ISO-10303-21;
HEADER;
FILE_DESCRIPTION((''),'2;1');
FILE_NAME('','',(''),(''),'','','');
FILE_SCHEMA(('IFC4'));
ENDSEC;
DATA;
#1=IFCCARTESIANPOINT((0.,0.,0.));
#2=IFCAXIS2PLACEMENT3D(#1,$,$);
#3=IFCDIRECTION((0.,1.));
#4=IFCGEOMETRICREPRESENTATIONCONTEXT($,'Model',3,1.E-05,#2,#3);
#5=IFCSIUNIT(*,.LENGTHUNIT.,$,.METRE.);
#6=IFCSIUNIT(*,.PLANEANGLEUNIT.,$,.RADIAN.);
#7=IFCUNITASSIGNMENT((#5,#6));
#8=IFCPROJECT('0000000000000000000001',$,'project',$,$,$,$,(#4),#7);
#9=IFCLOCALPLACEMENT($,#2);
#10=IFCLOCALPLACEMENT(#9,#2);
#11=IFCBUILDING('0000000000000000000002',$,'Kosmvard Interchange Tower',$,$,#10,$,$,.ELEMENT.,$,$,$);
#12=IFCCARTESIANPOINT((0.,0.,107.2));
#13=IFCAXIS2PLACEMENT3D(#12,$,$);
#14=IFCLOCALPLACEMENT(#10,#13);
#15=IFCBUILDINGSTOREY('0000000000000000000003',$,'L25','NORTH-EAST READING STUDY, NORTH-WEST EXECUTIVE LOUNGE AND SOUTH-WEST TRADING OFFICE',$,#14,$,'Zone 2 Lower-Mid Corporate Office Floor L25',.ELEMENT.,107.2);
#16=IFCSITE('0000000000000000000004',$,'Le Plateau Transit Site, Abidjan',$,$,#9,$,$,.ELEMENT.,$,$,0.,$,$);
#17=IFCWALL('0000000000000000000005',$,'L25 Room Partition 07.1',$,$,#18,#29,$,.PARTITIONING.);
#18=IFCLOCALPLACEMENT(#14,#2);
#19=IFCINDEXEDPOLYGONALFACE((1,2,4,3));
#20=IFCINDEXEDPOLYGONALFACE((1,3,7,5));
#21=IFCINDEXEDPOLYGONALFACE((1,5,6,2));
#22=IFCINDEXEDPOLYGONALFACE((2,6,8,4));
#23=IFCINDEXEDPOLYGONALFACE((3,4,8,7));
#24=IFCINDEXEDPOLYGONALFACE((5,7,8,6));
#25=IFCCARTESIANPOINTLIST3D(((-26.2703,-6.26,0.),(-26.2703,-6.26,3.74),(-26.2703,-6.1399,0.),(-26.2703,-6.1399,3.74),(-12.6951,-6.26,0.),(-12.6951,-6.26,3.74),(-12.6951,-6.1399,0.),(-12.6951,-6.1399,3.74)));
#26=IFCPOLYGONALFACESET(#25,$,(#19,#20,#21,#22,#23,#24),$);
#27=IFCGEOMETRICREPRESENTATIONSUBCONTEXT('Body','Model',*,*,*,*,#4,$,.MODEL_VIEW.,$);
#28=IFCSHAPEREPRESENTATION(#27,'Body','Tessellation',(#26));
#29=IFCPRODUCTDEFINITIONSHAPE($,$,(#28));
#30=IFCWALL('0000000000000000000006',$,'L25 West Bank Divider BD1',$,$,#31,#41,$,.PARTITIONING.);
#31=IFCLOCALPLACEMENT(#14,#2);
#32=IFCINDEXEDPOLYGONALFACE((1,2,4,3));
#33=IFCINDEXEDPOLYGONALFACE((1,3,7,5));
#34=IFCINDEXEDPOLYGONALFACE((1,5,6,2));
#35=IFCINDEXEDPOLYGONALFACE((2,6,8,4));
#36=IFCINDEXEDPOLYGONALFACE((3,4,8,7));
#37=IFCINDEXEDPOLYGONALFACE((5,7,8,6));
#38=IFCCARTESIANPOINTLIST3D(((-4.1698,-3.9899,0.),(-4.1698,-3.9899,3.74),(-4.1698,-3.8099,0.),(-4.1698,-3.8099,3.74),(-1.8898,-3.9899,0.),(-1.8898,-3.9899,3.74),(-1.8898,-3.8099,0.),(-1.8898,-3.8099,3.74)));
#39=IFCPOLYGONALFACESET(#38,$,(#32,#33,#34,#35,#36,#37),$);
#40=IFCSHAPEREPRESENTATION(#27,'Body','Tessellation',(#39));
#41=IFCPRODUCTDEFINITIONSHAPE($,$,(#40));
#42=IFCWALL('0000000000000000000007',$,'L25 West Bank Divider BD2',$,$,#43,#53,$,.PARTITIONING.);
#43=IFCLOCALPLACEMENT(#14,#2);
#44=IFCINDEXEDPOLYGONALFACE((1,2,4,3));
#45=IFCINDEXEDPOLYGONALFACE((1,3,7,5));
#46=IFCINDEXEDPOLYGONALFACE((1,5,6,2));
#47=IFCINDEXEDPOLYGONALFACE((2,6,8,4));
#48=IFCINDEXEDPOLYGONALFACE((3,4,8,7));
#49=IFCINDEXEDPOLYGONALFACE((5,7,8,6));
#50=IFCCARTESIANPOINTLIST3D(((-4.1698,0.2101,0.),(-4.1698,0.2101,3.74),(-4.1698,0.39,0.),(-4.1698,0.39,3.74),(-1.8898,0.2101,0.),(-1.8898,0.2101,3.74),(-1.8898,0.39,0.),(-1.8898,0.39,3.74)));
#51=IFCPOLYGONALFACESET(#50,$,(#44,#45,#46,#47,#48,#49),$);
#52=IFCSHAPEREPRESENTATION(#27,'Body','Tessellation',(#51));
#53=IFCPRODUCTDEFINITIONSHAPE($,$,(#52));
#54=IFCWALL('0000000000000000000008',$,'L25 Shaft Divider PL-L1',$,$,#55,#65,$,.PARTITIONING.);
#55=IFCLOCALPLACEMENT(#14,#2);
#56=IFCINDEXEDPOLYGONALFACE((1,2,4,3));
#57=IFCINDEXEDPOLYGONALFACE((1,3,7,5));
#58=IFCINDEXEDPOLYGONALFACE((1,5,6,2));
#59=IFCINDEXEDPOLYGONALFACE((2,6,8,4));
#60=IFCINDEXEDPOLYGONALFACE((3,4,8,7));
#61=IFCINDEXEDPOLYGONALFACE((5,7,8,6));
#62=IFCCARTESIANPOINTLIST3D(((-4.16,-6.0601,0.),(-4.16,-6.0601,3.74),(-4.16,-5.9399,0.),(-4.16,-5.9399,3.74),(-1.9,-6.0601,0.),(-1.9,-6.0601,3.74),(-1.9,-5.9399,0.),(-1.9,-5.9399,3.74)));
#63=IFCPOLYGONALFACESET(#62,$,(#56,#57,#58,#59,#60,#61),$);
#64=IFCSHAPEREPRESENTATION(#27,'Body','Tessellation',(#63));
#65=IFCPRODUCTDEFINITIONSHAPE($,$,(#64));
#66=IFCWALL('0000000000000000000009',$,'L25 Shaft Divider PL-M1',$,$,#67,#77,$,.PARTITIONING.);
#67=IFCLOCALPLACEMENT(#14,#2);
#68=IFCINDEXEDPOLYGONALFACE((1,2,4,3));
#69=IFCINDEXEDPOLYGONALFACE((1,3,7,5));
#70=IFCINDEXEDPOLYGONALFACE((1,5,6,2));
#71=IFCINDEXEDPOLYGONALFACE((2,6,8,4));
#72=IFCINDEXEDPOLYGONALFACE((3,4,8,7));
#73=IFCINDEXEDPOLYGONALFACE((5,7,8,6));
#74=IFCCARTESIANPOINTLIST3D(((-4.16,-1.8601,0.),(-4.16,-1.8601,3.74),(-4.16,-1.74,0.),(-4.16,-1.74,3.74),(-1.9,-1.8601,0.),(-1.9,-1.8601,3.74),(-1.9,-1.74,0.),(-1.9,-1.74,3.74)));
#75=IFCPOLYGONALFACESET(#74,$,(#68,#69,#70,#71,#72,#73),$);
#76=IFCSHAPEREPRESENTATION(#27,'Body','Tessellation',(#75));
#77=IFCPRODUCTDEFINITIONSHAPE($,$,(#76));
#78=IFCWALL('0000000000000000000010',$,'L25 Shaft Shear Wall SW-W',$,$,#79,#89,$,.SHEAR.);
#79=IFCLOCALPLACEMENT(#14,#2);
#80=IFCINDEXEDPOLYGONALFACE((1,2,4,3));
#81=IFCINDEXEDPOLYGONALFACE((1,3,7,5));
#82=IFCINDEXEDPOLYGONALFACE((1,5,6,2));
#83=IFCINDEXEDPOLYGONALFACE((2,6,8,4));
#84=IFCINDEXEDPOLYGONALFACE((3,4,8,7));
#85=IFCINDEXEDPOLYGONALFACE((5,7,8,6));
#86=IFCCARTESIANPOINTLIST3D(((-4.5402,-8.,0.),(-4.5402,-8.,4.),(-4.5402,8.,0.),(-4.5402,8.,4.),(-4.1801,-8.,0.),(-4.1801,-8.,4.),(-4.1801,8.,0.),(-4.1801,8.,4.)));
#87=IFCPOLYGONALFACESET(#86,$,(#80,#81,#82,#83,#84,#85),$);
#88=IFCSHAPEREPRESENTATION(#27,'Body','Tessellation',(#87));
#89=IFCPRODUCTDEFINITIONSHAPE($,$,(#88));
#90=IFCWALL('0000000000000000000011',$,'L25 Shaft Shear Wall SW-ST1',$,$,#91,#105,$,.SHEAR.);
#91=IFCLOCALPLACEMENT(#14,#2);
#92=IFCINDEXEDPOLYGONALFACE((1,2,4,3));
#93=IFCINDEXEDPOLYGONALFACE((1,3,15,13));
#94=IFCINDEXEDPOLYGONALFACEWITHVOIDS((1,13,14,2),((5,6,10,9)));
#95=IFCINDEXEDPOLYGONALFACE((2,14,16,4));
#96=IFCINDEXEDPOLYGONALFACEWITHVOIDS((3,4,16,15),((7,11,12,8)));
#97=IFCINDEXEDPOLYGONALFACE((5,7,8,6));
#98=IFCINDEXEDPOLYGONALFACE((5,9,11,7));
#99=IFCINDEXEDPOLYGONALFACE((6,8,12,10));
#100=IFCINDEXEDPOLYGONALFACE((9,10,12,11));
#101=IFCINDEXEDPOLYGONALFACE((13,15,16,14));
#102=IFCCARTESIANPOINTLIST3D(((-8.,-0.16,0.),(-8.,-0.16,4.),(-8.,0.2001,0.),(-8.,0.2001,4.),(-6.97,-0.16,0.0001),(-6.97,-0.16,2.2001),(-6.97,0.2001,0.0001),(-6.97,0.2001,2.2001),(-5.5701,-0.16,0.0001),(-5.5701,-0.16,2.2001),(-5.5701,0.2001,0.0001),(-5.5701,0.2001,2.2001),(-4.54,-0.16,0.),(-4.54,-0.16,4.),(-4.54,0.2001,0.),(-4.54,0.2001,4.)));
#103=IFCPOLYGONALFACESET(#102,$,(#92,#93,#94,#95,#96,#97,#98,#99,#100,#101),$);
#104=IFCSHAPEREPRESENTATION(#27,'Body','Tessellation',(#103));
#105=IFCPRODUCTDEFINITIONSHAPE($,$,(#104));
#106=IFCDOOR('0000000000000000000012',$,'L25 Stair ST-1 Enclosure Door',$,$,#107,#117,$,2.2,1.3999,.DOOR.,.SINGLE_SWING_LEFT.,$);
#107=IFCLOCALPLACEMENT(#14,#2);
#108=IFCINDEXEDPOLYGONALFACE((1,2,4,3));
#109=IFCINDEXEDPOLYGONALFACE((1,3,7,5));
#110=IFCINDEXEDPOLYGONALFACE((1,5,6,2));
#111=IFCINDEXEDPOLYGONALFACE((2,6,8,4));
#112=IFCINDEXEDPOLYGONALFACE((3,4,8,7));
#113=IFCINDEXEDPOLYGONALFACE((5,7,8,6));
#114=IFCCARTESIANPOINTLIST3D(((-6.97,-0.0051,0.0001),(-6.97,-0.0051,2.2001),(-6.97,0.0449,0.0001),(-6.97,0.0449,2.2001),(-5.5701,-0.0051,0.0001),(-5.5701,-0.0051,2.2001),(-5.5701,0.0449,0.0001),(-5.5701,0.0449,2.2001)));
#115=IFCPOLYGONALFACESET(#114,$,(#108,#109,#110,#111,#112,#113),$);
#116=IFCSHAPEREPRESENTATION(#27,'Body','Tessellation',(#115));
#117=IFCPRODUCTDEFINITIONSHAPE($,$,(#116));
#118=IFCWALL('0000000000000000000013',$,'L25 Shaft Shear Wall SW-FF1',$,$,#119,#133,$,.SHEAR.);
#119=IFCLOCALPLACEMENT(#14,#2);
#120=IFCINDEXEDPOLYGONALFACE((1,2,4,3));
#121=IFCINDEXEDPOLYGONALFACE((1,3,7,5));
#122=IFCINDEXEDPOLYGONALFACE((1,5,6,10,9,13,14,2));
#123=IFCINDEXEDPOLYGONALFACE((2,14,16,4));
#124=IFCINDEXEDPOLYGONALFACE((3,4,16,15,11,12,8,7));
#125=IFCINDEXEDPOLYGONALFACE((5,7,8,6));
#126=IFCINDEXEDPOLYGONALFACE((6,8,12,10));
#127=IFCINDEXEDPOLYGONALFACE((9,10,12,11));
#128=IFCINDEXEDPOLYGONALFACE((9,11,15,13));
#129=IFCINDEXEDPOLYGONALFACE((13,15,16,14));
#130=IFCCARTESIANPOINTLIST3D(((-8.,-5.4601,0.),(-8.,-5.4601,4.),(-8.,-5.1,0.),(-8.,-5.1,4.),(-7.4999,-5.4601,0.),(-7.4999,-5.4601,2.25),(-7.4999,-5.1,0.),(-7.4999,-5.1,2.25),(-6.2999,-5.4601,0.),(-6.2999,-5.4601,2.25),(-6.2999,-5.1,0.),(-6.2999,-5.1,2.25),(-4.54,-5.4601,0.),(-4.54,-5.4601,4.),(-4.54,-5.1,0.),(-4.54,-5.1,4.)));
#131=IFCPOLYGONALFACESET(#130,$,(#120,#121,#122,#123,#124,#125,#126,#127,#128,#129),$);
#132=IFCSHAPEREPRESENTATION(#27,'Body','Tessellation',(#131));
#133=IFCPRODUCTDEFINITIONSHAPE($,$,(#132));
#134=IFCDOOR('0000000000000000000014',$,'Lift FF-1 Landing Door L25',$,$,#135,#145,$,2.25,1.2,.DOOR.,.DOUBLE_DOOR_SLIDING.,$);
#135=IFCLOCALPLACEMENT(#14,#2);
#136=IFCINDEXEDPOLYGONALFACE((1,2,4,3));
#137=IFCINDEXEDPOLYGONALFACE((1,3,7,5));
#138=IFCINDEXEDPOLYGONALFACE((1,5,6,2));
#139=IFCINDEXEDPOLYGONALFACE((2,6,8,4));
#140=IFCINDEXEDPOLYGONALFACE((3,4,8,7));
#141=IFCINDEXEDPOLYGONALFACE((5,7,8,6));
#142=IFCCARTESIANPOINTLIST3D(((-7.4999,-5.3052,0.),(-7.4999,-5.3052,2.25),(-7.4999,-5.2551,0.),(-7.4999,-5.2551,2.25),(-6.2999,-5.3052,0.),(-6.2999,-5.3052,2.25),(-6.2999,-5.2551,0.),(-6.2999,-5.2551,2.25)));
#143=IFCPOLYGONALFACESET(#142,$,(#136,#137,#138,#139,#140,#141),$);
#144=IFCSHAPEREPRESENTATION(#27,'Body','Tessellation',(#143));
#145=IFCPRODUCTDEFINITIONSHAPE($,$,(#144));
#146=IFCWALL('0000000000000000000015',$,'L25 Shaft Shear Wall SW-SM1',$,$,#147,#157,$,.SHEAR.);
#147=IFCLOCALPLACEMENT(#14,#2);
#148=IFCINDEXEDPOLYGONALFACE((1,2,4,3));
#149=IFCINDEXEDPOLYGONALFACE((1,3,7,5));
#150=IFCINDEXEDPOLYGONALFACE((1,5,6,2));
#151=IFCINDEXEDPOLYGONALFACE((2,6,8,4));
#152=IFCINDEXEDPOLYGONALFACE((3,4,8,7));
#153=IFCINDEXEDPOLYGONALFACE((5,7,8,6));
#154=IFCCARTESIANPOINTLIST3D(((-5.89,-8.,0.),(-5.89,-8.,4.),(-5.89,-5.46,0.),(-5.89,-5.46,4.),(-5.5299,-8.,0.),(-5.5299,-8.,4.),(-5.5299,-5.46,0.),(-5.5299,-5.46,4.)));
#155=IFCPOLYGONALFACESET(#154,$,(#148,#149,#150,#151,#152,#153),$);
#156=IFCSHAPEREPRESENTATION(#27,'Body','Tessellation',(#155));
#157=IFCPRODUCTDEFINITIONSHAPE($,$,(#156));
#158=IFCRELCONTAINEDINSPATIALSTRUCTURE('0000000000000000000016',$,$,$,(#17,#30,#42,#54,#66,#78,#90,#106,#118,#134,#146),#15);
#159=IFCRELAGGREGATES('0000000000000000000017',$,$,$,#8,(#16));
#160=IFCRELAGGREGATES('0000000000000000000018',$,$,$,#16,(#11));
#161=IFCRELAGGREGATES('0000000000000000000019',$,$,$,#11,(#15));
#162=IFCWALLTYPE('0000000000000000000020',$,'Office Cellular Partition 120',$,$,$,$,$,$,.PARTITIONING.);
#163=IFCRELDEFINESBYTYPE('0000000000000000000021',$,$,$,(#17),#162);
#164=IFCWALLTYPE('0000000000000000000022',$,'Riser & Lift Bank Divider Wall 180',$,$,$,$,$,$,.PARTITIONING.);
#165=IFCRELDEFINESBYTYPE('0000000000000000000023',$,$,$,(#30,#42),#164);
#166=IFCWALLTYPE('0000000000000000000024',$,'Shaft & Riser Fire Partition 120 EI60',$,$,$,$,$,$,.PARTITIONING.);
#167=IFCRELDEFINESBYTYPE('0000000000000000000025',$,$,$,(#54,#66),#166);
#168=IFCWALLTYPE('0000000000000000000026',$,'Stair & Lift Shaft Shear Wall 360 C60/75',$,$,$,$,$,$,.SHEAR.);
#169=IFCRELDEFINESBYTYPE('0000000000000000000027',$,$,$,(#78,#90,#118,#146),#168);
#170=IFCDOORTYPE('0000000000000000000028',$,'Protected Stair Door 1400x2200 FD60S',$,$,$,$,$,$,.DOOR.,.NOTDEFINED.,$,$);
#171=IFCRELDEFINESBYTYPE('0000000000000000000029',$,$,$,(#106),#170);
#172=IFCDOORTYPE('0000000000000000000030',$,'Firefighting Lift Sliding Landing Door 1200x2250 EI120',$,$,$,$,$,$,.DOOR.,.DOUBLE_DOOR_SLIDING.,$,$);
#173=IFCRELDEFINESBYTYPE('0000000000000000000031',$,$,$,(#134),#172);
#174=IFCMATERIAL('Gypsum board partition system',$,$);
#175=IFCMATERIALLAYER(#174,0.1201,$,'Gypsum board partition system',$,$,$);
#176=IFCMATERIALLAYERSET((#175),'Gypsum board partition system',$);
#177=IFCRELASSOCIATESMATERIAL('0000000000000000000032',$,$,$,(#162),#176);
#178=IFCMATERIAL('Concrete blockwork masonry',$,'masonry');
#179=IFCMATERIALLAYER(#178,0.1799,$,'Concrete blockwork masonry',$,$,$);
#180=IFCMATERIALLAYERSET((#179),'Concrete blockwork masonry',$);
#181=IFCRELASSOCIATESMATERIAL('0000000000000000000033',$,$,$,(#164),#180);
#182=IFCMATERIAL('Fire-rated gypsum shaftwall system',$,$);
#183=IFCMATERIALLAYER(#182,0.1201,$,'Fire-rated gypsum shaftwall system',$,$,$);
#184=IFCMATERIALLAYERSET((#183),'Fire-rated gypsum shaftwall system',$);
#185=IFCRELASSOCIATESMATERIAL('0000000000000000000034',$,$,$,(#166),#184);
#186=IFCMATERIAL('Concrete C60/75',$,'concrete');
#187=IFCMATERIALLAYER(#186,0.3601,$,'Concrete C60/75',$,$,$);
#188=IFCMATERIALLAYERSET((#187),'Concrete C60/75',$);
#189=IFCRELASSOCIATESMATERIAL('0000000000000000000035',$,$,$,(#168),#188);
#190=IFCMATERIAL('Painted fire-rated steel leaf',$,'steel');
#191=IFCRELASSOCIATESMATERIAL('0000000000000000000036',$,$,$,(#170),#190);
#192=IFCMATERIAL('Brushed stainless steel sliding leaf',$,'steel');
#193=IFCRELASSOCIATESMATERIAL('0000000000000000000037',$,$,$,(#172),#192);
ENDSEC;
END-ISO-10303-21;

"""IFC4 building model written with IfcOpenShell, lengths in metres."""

from ifc_helpers import new_model, si_unit, direction, frame, frame_2d, origin, place, context, subcontext, project, spatial, rectangle, extrude, source, transform, mapped, material, layer, layer_set, type_object, element, fill, save


model = new_model("IFC4")

# Units and contexts
model_context = context("Model", 3, precision=1e-05, world=origin(), true_north=direction((0.0, 1.0)))
body_context = subcontext(model_context, "Body", "Model", "MODEL_VIEW")
ifc_project = project(units=[si_unit("LENGTHUNIT", "METRE"), si_unit("PLANEANGLEUNIT", "RADIAN")], contexts=[model_context])

# Site, building, storey
site_placement = place(None, origin())
site = spatial("IfcSite", under=ifc_project, at=site_placement, Name="Le Plateau Transit Site, Abidjan", CompositionType="ELEMENT", RefElevation=0.0)
building_placement = place(site_placement, origin())
building = spatial("IfcBuilding", under=site, at=building_placement, Name="Kosmvard Interchange Tower", CompositionType="ELEMENT")
storey_placement = place(building_placement, frame((0.0, 0.0, 107.2)))
storey = spatial("IfcBuildingStorey", under=building, at=storey_placement, Name="L25", Description="NORTH-EAST READING STUDY, NORTH-WEST EXECUTIVE LOUNGE AND SOUTH-WEST TRADING OFFICE", LongName="Zone 2 Lower-Mid Corporate Office Floor L25", CompositionType="ELEMENT", Elevation=107.2)

# Shared definitions
ifc_material_1 = material(Name="Concrete C60/75", Category="concrete")

# Shared definitions
ifc_material_2 = material(Name="Brushed stainless steel sliding leaf", Category="steel")

# Shared definitions
ifc_material_3 = material(Name="Painted fire-rated steel leaf", Category="steel")

# Walls
ifc_material_4 = material(Name="Gypsum board partition system")
ifc_layer_1 = layer(ifc_material_4, 0.1201, Name="Gypsum board partition system")
ifc_layer_set_1 = layer_set([ifc_layer_1], Name="Gypsum board partition system")
wall_type_1 = type_object("IfcWallType", Name="Office Cellular Partition 120", PredefinedType="PARTITIONING", material=ifc_layer_set_1)
wall_1_placement = place(storey_placement, frame((-26.2703, -6.2, 0.0), z_axis=(0.0, 0.0, 1.0), x_axis=(1.0, 0.0, 0.0)))
element("IfcWall", 1, at=wall_1_placement, inside=storey, type_object=wall_type_1, Name="L25 Room Partition 07.1", PredefinedType="PARTITIONING", context=body_context, shape_type="SweptSolid", body=[
    extrude(rectangle(XDim=13.5752, YDim=0.1201, at=frame_2d((6.7876, 0.0))), origin(), (0.0, 0.0, 1.0), 3.74),
])
ifc_material_5 = material(Name="Concrete blockwork masonry", Category="masonry")
ifc_layer_2 = layer(ifc_material_5, 0.1799, Name="Concrete blockwork masonry")
ifc_layer_set_2 = layer_set([ifc_layer_2], Name="Concrete blockwork masonry")
wall_type_2 = type_object("IfcWallType", Name="Riser & Lift Bank Divider Wall 180", PredefinedType="PARTITIONING", material=ifc_layer_set_2)
for number, where, z_axis, x_axis, name in (
    (2, (-4.1699, -3.8999, 0.0), (0.0, 0.0, 1.0), (1.0, 0.0, 0.0), "L25 West Bank Divider BD1"),
    (3, (-4.1699, 0.3, 0.0), (0.0, 0.0, 1.0), (1.0, 0.0, 0.0), "L25 West Bank Divider BD2"),
):
    element("IfcWall", number, at=place(storey_placement, frame(where, z_axis=z_axis, x_axis=x_axis)), inside=storey, type_object=wall_type_2, Name=name, PredefinedType="PARTITIONING", context=body_context, shape_type="SweptSolid", body=[
        extrude(rectangle(XDim=2.28, YDim=0.1799, at=frame_2d((1.1401, 0.0))), origin(), (0.0, 0.0, 1.0), 3.74),
    ])
ifc_material_6 = material(Name="Fire-rated gypsum shaftwall system")
ifc_layer_3 = layer(ifc_material_6, 0.1201, Name="Fire-rated gypsum shaftwall system")
ifc_layer_set_3 = layer_set([ifc_layer_3], Name="Fire-rated gypsum shaftwall system")
wall_type_3 = type_object("IfcWallType", Name="Shaft & Riser Fire Partition 120 EI60", PredefinedType="PARTITIONING", material=ifc_layer_set_3)
for number, where, z_axis, x_axis, name in (
    (4, (-4.1599, -6.0, 0.0), (0.0, 0.0, 1.0), (1.0, 0.0, 0.0), "L25 Shaft Divider PL-L1"),
    (5, (-4.1599, -1.8, 0.0), (0.0, 0.0, 1.0), (1.0, 0.0, 0.0), "L25 Shaft Divider PL-M1"),
):
    element("IfcWall", number, at=place(storey_placement, frame(where, z_axis=z_axis, x_axis=x_axis)), inside=storey, type_object=wall_type_3, Name=name, PredefinedType="PARTITIONING", context=body_context, shape_type="SweptSolid", body=[
        extrude(rectangle(XDim=2.26, YDim=0.1201, at=frame_2d((1.1299, 0.0))), origin(), (0.0, 0.0, 1.0), 3.74),
    ])
ifc_layer_4 = layer(ifc_material_1, 0.3601, Name="Concrete C60/75")
ifc_layer_set_4 = layer_set([ifc_layer_4], Name="Concrete C60/75")
wall_type_4 = type_object("IfcWallType", Name="Stair & Lift Shaft Shear Wall 360 C60/75", PredefinedType="SHEAR", material=ifc_layer_set_4)
wall_2_placement = place(storey_placement, frame((-4.3601, -8.0, 0.0), z_axis=(0.0, 0.0, 1.0), x_axis=(0.0, 1.0, 0.0)))
element("IfcWall", 6, at=wall_2_placement, inside=storey, type_object=wall_type_4, Name="L25 Shaft Shear Wall SW-W", PredefinedType="SHEAR", context=body_context, shape_type="SweptSolid", body=[
    extrude(rectangle(XDim=16.0, YDim=0.3601, at=frame_2d((8.0, 0.0))), origin(), (0.0, 0.0, 1.0), 4.0),
])

# Walls, openings, doors
wall_3_placement = place(storey_placement, frame((-8.0, 0.02, 0.0), z_axis=(0.0, 0.0, 1.0), x_axis=(1.0, 0.0, 0.0)))
wall_3 = element("IfcWall", 7, at=wall_3_placement, inside=storey, type_object=wall_type_4, Name="L25 Shaft Shear Wall SW-ST1", PredefinedType="SHEAR", context=body_context, shape_type="SweptSolid", body=[
    extrude(rectangle(XDim=3.46, YDim=0.3601, at=frame_2d((1.73, 0.0))), origin(), (0.0, 0.0, 1.0), 4.0),
])
opening_1_placement = place(wall_3_placement, frame((1.03, 0.0, 0.0)))
opening_1 = element("IfcOpeningElement", 8, at=opening_1_placement, cuts=wall_3, PredefinedType="OPENING", context=body_context, shape_type="SweptSolid", body=[
    extrude(rectangle(XDim=1.3999, YDim=2.2, at=frame_2d((0.7, 1.1001))), frame((0.0, 0.1899, 0.0), z_axis=(0.0, -1.0, 0.0), x_axis=(1.0, 0.0, 0.0)), (0.0, 0.0, 1.0), 0.3801),
])
door_type_1 = type_object("IfcDoorType", Name="Protected Stair Door 1400x2200 FD60S", OperationType="NOTDEFINED", PredefinedType="DOOR", material=ifc_material_3)
shared_shape_1 = source(origin(), body_context, "Body", "SweptSolid", [
    extrude(rectangle(XDim=1.3999, YDim=2.2, at=frame_2d((0.7, 1.1001))), frame((0.0, 0.0249, 0.0), z_axis=(0.0, -1.0, 0.0), x_axis=(1.0, 0.0, 0.0)), (0.0, 0.0, 1.0), 0.05),
])
door_1_placement = place(opening_1_placement, origin())
door_1 = element("IfcDoor", 9, at=door_1_placement, inside=storey, type_object=door_type_1, Name="L25 Stair ST-1 Enclosure Door", OperationType="SINGLE_SWING_LEFT", OverallHeight=2.2, OverallWidth=1.3999, PredefinedType="DOOR", context=body_context, shape_type="MappedRepresentation", body=[
    mapped(shared_shape_1, transform((0.0, 0.0, 0.0), scale=1.0)),
])
fill(opening_1, door_1)
wall_4_placement = place(storey_placement, frame((-8.0, -5.28, 0.0), z_axis=(0.0, 0.0, 1.0), x_axis=(1.0, 0.0, 0.0)))
wall_4 = element("IfcWall", 10, at=wall_4_placement, inside=storey, type_object=wall_type_4, Name="L25 Shaft Shear Wall SW-FF1", PredefinedType="SHEAR", context=body_context, shape_type="SweptSolid", body=[
    extrude(rectangle(XDim=3.46, YDim=0.3601, at=frame_2d((1.73, 0.0))), origin(), (0.0, 0.0, 1.0), 4.0),
])
opening_2_placement = place(wall_4_placement, frame((0.5, 0.0, 0.0)))
opening_2 = element("IfcOpeningElement", 11, at=opening_2_placement, cuts=wall_4, PredefinedType="OPENING", context=body_context, shape_type="SweptSolid", body=[
    extrude(rectangle(XDim=1.2, YDim=2.25, at=frame_2d((0.6001, 1.125))), frame((0.0, 0.1899, 0.0), z_axis=(0.0, -1.0, 0.0), x_axis=(1.0, 0.0, 0.0)), (0.0, 0.0, 1.0), 0.3801),
])
door_type_2 = type_object("IfcDoorType", Name="Firefighting Lift Sliding Landing Door 1200x2250 EI120", OperationType="DOUBLE_DOOR_SLIDING", PredefinedType="DOOR", material=ifc_material_2)
shared_shape_2 = source(origin(), body_context, "Body", "SweptSolid", [
    extrude(rectangle(XDim=1.2, YDim=2.25, at=frame_2d((0.6001, 1.125))), frame((0.0, 0.0249, 0.0), z_axis=(0.0, -1.0, 0.0), x_axis=(1.0, 0.0, 0.0)), (0.0, 0.0, 1.0), 0.05),
])
door_2_placement = place(opening_2_placement, origin())
door_2 = element("IfcDoor", 12, at=door_2_placement, inside=storey, type_object=door_type_2, Name="Lift FF-1 Landing Door L25", OperationType="DOUBLE_DOOR_SLIDING", OverallHeight=2.25, OverallWidth=1.2, PredefinedType="DOOR", context=body_context, shape_type="MappedRepresentation", body=[
    mapped(shared_shape_2, transform((0.0, 0.0, 0.0), scale=1.0)),
])
fill(opening_2, door_2)

# Wall
wall_5_placement = place(storey_placement, frame((-5.71, -8.0, 0.0), z_axis=(0.0, 0.0, 1.0), x_axis=(0.0, 1.0, 0.0)))
element("IfcWall", 13, at=wall_5_placement, inside=storey, type_object=wall_type_4, Name="L25 Shaft Shear Wall SW-SM1", PredefinedType="SHEAR", context=body_context, shape_type="SweptSolid", body=[
    extrude(rectangle(XDim=2.54, YDim=0.3601, at=frame_2d((1.27, 0.0))), origin(), (0.0, 0.0, 1.0), 4.0),
])

save(model, "model.ifc")
